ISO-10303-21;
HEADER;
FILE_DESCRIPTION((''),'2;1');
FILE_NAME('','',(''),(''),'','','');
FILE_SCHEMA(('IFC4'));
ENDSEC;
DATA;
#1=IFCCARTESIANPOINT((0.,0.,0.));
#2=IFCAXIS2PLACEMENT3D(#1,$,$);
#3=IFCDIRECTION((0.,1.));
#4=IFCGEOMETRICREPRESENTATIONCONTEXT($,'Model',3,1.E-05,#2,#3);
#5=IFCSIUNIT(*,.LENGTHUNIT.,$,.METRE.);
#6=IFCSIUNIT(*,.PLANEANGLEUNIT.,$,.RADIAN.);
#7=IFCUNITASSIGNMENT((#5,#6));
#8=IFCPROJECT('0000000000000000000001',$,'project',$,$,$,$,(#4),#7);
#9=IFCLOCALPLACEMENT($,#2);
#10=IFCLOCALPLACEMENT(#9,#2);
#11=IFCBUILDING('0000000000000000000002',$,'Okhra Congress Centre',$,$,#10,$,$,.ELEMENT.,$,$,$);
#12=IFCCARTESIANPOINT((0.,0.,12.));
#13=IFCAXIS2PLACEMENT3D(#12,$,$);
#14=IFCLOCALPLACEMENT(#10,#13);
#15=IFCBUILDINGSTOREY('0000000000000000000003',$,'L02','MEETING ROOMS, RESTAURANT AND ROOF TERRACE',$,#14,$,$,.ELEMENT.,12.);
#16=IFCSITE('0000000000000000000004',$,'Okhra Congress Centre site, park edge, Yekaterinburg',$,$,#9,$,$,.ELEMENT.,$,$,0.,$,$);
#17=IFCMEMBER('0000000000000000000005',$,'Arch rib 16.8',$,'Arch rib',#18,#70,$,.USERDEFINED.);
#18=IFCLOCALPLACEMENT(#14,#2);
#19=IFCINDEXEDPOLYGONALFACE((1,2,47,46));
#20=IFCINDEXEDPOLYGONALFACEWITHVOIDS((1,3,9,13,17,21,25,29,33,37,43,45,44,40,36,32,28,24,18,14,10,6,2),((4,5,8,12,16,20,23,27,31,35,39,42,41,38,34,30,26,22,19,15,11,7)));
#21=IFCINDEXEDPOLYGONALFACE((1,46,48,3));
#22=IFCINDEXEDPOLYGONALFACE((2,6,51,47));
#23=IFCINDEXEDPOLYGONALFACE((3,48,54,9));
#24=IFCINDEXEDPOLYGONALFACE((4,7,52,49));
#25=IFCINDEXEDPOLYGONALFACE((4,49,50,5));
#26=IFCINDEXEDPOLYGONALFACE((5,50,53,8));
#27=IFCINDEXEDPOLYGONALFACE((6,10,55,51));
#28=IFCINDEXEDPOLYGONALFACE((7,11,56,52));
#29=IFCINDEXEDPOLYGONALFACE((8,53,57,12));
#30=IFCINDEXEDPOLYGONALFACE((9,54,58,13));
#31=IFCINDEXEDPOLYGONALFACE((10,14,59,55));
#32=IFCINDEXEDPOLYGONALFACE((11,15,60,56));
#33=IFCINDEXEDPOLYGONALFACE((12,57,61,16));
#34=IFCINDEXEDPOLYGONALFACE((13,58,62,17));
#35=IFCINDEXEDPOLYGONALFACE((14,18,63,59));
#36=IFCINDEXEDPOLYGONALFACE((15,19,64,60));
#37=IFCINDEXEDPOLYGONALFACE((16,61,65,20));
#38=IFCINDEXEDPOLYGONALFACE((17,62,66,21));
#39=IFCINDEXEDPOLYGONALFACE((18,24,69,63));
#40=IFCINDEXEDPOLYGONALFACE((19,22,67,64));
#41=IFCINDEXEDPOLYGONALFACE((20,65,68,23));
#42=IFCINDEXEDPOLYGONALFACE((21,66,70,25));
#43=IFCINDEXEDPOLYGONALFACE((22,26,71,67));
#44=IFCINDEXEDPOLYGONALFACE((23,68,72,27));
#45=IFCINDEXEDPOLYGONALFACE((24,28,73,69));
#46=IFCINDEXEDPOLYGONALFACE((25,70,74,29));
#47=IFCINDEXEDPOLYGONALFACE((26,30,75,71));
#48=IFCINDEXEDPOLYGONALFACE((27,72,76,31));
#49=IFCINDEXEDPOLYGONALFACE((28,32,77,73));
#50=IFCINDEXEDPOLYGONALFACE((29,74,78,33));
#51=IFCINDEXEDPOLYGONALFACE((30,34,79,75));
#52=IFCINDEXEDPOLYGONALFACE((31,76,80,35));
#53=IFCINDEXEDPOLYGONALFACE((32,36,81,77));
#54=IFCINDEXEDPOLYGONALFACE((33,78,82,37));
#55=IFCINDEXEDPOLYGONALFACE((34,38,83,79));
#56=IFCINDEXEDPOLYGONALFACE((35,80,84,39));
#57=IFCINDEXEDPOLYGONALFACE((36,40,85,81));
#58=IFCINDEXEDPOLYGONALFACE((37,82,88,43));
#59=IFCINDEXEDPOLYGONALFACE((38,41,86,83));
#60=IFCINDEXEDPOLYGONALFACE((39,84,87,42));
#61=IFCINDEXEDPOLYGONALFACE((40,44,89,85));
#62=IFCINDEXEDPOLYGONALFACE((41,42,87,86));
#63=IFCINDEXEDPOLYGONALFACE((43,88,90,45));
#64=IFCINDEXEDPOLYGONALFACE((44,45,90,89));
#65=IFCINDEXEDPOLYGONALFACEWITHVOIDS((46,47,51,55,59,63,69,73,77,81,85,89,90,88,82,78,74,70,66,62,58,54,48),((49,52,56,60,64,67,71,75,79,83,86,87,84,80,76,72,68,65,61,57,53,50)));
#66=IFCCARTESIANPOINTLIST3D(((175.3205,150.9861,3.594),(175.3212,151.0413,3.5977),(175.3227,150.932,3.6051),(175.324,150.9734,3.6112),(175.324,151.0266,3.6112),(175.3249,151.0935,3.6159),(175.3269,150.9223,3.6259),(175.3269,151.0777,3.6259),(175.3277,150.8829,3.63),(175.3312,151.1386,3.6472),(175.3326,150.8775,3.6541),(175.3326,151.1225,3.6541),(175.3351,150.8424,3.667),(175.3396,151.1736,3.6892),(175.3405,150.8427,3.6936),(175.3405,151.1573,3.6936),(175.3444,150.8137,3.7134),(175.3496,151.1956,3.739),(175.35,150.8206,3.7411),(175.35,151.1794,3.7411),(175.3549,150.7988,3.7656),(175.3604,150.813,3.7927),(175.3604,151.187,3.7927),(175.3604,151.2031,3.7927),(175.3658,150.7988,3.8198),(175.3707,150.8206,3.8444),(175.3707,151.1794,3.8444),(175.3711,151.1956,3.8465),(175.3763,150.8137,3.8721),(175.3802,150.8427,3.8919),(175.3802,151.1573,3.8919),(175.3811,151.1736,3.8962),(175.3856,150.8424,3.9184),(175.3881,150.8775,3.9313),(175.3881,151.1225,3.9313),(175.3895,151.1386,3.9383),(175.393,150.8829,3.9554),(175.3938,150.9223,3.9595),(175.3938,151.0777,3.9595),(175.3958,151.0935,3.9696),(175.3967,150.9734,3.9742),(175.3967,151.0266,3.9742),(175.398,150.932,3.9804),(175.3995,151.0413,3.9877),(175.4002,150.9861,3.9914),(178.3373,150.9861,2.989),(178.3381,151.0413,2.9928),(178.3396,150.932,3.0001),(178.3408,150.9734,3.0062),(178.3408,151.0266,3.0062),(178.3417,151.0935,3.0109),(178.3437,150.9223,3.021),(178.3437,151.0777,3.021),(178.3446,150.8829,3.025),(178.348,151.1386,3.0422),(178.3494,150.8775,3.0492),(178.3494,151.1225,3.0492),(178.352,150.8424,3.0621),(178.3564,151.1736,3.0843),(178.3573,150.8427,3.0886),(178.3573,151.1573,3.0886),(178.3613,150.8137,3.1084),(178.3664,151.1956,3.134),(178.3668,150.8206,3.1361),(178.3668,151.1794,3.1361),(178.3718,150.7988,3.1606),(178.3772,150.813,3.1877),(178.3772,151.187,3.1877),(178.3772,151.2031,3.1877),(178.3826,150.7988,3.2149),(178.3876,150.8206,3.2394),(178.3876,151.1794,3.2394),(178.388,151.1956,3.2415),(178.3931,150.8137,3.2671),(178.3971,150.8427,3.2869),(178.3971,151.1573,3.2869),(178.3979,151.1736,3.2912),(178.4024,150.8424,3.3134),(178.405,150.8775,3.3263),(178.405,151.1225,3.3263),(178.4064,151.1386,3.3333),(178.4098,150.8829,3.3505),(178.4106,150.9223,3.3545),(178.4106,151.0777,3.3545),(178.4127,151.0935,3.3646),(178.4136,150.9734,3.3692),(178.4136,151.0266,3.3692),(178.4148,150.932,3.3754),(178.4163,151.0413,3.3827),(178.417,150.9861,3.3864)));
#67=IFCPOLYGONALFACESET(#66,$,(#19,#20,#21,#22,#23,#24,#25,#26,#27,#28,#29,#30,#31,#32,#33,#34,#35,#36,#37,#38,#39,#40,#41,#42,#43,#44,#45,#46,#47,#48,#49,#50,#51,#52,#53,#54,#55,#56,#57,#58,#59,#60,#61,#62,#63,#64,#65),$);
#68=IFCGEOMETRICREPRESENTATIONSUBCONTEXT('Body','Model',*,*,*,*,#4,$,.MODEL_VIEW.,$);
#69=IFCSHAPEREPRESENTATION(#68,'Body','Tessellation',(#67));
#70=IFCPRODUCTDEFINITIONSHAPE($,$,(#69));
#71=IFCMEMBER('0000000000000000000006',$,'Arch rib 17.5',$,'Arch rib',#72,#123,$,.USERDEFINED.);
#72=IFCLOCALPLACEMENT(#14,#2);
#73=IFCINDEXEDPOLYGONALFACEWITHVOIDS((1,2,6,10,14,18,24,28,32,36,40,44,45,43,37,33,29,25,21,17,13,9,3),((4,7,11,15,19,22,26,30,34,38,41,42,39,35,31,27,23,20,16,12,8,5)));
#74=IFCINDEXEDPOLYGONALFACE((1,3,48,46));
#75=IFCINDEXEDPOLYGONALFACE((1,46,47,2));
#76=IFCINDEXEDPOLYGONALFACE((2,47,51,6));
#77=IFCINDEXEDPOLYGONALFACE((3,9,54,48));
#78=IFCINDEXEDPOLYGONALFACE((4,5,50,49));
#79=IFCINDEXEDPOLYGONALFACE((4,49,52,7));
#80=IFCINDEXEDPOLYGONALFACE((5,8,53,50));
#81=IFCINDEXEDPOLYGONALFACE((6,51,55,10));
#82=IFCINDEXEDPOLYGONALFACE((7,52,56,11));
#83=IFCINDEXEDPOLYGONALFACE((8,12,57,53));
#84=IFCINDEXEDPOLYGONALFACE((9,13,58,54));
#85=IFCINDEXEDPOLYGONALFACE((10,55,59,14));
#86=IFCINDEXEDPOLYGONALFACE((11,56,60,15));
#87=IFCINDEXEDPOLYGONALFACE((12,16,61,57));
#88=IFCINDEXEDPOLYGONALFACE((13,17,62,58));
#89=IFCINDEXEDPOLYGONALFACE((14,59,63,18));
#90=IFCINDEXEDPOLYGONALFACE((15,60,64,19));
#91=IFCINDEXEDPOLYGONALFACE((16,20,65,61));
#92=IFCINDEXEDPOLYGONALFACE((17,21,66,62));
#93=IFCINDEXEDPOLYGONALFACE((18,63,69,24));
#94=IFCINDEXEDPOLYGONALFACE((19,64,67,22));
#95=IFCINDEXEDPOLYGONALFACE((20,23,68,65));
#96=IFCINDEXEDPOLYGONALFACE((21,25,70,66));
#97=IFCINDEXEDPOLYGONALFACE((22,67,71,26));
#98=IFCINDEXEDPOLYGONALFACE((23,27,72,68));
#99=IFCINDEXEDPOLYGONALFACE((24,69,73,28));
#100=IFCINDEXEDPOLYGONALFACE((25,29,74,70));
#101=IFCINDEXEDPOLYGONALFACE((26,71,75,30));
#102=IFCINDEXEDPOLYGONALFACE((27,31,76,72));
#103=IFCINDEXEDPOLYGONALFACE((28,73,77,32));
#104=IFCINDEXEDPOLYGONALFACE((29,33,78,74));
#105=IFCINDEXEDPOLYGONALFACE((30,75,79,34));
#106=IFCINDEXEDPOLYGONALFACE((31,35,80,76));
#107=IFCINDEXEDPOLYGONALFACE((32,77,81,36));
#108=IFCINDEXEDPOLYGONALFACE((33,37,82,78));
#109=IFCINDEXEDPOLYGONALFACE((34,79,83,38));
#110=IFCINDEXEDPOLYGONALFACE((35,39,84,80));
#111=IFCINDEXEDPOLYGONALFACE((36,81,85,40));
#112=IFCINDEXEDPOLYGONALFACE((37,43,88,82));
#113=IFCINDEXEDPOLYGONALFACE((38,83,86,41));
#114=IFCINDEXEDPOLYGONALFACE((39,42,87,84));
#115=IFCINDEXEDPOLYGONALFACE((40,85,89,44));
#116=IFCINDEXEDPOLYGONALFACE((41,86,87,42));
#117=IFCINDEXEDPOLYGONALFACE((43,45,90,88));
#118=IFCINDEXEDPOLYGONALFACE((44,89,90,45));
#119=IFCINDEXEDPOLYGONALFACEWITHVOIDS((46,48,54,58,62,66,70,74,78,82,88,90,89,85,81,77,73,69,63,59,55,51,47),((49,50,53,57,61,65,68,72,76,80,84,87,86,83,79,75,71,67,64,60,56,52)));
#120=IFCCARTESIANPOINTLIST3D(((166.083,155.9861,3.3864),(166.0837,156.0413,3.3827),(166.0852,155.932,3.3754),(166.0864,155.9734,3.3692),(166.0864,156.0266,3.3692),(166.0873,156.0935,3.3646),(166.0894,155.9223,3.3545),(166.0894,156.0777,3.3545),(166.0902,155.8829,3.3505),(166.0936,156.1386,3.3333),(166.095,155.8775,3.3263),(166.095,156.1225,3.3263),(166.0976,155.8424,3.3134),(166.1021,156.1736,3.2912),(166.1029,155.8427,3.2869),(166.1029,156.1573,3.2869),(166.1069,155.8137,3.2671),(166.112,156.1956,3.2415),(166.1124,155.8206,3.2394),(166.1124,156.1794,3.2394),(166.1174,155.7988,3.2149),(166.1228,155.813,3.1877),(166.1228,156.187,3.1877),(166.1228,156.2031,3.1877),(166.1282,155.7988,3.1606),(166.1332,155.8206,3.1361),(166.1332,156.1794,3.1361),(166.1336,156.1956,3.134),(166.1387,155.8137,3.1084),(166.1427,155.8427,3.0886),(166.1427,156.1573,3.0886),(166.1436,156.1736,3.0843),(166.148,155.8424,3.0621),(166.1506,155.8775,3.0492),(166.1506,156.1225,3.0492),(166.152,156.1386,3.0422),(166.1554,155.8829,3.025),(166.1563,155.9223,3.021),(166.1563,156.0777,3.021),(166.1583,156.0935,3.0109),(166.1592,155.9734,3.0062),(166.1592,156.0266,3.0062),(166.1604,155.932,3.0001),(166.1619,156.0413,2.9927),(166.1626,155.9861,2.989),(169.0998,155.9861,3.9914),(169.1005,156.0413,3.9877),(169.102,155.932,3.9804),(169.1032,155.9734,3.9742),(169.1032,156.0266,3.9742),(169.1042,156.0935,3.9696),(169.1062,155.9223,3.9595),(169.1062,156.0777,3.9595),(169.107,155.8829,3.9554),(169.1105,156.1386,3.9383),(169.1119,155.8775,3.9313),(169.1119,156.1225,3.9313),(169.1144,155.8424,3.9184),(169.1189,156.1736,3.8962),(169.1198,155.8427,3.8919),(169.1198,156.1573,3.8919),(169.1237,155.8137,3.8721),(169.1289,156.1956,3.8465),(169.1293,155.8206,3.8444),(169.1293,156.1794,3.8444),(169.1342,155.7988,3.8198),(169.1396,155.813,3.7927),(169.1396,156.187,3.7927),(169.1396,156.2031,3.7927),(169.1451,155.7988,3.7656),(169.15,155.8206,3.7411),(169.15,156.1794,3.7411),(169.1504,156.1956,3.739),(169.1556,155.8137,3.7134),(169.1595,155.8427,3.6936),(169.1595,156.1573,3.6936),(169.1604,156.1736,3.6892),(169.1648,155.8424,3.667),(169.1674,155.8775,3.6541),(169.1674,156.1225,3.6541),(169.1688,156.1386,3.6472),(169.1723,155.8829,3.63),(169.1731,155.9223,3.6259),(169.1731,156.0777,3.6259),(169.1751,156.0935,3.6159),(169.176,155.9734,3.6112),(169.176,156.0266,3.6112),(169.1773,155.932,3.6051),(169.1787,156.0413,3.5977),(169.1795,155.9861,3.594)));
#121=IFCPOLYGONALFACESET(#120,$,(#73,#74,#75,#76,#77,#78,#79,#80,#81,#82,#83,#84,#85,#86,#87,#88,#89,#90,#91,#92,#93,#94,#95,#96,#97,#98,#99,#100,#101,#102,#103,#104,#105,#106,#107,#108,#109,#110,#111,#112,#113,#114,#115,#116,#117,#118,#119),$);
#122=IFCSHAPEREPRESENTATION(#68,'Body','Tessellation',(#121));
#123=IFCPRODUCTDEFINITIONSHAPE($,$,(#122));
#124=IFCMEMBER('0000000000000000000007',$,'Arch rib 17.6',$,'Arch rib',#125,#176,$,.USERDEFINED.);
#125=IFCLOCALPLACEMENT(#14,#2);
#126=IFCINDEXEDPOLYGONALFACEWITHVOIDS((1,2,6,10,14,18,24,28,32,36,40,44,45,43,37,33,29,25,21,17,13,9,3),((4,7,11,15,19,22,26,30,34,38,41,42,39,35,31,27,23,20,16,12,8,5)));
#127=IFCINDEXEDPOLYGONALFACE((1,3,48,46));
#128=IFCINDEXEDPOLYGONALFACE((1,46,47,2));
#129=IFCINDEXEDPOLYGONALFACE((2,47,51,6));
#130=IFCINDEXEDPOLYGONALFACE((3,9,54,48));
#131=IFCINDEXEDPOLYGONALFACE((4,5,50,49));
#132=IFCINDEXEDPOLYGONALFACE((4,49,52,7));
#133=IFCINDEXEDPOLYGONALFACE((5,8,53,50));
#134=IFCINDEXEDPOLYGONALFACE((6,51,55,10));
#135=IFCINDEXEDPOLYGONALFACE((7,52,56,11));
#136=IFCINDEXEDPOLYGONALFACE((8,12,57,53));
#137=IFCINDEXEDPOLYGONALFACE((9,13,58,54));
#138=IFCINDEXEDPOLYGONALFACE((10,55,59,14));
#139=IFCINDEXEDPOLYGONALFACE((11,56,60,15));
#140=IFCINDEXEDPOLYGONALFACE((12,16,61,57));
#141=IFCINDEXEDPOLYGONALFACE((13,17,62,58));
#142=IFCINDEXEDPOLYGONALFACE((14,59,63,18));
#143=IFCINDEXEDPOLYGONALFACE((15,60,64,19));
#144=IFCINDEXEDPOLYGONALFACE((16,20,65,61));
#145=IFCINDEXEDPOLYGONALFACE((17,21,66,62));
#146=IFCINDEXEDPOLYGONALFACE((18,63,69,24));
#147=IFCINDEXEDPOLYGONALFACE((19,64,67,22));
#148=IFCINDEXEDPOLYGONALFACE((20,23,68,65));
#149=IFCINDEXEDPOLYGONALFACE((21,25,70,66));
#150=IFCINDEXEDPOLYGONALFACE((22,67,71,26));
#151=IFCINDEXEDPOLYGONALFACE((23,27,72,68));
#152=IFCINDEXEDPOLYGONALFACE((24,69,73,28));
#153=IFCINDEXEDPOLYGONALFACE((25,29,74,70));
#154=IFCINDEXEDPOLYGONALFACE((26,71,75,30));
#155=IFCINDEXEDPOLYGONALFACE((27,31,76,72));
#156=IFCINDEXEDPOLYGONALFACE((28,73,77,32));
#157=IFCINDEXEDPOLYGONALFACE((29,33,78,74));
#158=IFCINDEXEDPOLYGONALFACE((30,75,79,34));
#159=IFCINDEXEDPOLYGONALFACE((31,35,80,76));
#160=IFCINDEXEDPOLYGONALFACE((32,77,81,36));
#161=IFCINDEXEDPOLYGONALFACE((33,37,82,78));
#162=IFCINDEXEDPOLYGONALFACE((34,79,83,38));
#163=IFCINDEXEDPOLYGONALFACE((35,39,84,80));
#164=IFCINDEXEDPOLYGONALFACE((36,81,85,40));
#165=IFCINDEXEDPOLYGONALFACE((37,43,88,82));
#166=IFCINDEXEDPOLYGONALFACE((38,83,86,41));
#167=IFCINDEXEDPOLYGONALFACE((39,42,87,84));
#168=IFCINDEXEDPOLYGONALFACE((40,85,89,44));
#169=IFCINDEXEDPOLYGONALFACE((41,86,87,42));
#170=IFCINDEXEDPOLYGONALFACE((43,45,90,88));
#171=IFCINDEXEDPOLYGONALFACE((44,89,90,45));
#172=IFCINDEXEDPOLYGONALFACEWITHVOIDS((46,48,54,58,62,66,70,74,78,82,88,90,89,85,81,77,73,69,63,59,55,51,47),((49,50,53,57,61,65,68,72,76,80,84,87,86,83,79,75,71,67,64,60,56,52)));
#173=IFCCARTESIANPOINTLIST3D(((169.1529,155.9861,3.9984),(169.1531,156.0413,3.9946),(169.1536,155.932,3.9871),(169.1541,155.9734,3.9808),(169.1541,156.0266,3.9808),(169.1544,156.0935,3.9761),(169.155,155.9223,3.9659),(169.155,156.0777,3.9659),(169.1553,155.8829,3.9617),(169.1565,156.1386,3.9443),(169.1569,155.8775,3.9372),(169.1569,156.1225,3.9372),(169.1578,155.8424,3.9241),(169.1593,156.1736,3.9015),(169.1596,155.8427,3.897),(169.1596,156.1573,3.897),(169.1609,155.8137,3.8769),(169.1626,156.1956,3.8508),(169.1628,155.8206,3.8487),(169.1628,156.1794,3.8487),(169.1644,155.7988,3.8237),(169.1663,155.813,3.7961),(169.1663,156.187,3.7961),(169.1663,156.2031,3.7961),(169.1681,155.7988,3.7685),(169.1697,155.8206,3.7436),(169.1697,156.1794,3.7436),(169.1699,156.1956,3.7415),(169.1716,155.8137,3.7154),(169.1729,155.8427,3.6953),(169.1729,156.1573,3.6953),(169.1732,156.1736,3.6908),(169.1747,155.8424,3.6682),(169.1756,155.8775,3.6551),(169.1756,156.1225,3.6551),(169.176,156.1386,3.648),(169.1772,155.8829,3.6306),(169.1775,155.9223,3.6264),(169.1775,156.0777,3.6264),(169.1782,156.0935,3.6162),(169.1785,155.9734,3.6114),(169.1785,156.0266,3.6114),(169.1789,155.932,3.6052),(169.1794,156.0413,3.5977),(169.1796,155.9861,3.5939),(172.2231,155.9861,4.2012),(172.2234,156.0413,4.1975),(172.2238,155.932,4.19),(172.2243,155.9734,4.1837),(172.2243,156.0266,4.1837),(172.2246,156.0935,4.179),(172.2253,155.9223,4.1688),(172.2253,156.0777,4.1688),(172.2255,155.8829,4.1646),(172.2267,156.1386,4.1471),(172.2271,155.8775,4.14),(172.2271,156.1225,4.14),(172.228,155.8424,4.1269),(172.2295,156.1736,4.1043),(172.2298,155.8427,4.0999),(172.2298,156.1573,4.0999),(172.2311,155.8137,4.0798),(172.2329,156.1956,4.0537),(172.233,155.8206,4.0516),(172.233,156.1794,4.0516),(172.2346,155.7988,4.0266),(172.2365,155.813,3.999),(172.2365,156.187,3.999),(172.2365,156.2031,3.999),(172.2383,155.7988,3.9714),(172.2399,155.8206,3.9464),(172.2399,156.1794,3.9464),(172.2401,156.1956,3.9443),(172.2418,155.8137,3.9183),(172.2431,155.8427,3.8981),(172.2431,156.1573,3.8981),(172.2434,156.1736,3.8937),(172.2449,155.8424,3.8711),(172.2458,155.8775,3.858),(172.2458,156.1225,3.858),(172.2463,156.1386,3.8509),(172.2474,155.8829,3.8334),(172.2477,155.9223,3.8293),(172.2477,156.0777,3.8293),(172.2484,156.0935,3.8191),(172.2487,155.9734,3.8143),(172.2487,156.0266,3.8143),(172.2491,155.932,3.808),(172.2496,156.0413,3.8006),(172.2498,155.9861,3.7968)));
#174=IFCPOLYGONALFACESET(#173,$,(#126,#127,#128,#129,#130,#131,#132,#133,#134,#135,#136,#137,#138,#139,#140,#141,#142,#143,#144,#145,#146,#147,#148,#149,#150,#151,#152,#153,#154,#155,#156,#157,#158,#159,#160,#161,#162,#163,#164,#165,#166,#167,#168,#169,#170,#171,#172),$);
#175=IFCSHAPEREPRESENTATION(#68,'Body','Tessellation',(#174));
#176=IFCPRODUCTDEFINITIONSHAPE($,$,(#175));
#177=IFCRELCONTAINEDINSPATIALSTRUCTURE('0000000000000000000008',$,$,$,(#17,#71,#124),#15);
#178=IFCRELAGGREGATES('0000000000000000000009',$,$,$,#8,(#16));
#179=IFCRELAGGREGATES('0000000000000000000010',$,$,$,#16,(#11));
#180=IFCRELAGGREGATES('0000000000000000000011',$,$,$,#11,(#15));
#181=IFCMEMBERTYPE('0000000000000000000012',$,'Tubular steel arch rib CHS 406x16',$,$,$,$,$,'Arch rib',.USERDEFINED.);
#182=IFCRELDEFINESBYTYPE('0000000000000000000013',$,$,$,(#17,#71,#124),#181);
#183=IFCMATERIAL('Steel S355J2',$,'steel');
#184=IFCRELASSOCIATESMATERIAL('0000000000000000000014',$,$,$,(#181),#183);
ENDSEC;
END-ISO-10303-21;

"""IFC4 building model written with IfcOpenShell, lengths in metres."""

from ifc_helpers import new_model, si_unit, direction, frame, origin, origin_2d, place, context, subcontext, project, spatial, hollow_circle, extrude, material, material_profile, profile_set, type_object, element, save


model = new_model("IFC4")

# Units and contexts
model_context = context("Model", 3, precision=1e-05, world=origin(), true_north=direction((0.0, 1.0)))
body_context = subcontext(model_context, "Body", "Model", "MODEL_VIEW")
ifc_project = project(units=[si_unit("LENGTHUNIT", "METRE"), si_unit("PLANEANGLEUNIT", "RADIAN")], contexts=[model_context])

# Site, building, storey
site_placement = place(None, origin())
site = spatial("IfcSite", under=ifc_project, at=site_placement, Name="Okhra Congress Centre site, park edge, Yekaterinburg", CompositionType="ELEMENT", RefElevation=0.0)
building_placement = place(site_placement, origin())
building = spatial("IfcBuilding", under=site, at=building_placement, Name="Okhra Congress Centre", CompositionType="ELEMENT")
storey_placement = place(building_placement, frame((0.0, 0.0, 12.0)))
storey = spatial("IfcBuildingStorey", under=building, at=storey_placement, Name="L02", Description="MEETING ROOMS, RESTAURANT AND ROOF TERRACE", CompositionType="ELEMENT", Elevation=12.0)

# Members
ifc_material_1 = material(Name="Steel S355J2", Category="steel")
ifc_material_profile_1 = material_profile(ifc_material_1, hollow_circle(Radius=0.2031, WallThickness=0.0161, at=origin_2d()), Name="CHS 406.4x16")
ifc_profile_set_1 = profile_set([ifc_material_profile_1], Name="Steel S355J2")
member_type_1 = type_object("IfcMemberType", Name="Tubular steel arch rib CHS 406x16", ElementType="Arch rib", PredefinedType="USERDEFINED", material=ifc_profile_set_1)
for number, where, z_axis, x_axis, name in (
    (1, (175.3604, 151.0, 3.7927), (0.98048, 0.0, -0.19662), (0.0, 1.0, 0.0), "Arch rib 16.8"),
    (2, (166.1228, 156.0, 3.1877), (0.98048, 0.0, 0.19662), (0.0, 1.0, 0.0), "Arch rib 17.5"),
    (3, (169.1663, 156.0, 3.7961), (0.997824, 0.0, 0.065934), (0.0, 1.0, 0.0), "Arch rib 17.6"),
):
    element("IfcMember", number, at=place(storey_placement, frame(where, z_axis=z_axis, x_axis=x_axis)), inside=storey, type_object=member_type_1, Name=name, ObjectType="Arch rib", PredefinedType="USERDEFINED", context=body_context, shape_type="SweptSolid", body=[
        extrude(hollow_circle(Radius=0.2031, WallThickness=0.0161, at=origin_2d()), origin(), (0.0, 0.0, 1.0), 3.0769),
    ])

save(model, "model.ifc")
